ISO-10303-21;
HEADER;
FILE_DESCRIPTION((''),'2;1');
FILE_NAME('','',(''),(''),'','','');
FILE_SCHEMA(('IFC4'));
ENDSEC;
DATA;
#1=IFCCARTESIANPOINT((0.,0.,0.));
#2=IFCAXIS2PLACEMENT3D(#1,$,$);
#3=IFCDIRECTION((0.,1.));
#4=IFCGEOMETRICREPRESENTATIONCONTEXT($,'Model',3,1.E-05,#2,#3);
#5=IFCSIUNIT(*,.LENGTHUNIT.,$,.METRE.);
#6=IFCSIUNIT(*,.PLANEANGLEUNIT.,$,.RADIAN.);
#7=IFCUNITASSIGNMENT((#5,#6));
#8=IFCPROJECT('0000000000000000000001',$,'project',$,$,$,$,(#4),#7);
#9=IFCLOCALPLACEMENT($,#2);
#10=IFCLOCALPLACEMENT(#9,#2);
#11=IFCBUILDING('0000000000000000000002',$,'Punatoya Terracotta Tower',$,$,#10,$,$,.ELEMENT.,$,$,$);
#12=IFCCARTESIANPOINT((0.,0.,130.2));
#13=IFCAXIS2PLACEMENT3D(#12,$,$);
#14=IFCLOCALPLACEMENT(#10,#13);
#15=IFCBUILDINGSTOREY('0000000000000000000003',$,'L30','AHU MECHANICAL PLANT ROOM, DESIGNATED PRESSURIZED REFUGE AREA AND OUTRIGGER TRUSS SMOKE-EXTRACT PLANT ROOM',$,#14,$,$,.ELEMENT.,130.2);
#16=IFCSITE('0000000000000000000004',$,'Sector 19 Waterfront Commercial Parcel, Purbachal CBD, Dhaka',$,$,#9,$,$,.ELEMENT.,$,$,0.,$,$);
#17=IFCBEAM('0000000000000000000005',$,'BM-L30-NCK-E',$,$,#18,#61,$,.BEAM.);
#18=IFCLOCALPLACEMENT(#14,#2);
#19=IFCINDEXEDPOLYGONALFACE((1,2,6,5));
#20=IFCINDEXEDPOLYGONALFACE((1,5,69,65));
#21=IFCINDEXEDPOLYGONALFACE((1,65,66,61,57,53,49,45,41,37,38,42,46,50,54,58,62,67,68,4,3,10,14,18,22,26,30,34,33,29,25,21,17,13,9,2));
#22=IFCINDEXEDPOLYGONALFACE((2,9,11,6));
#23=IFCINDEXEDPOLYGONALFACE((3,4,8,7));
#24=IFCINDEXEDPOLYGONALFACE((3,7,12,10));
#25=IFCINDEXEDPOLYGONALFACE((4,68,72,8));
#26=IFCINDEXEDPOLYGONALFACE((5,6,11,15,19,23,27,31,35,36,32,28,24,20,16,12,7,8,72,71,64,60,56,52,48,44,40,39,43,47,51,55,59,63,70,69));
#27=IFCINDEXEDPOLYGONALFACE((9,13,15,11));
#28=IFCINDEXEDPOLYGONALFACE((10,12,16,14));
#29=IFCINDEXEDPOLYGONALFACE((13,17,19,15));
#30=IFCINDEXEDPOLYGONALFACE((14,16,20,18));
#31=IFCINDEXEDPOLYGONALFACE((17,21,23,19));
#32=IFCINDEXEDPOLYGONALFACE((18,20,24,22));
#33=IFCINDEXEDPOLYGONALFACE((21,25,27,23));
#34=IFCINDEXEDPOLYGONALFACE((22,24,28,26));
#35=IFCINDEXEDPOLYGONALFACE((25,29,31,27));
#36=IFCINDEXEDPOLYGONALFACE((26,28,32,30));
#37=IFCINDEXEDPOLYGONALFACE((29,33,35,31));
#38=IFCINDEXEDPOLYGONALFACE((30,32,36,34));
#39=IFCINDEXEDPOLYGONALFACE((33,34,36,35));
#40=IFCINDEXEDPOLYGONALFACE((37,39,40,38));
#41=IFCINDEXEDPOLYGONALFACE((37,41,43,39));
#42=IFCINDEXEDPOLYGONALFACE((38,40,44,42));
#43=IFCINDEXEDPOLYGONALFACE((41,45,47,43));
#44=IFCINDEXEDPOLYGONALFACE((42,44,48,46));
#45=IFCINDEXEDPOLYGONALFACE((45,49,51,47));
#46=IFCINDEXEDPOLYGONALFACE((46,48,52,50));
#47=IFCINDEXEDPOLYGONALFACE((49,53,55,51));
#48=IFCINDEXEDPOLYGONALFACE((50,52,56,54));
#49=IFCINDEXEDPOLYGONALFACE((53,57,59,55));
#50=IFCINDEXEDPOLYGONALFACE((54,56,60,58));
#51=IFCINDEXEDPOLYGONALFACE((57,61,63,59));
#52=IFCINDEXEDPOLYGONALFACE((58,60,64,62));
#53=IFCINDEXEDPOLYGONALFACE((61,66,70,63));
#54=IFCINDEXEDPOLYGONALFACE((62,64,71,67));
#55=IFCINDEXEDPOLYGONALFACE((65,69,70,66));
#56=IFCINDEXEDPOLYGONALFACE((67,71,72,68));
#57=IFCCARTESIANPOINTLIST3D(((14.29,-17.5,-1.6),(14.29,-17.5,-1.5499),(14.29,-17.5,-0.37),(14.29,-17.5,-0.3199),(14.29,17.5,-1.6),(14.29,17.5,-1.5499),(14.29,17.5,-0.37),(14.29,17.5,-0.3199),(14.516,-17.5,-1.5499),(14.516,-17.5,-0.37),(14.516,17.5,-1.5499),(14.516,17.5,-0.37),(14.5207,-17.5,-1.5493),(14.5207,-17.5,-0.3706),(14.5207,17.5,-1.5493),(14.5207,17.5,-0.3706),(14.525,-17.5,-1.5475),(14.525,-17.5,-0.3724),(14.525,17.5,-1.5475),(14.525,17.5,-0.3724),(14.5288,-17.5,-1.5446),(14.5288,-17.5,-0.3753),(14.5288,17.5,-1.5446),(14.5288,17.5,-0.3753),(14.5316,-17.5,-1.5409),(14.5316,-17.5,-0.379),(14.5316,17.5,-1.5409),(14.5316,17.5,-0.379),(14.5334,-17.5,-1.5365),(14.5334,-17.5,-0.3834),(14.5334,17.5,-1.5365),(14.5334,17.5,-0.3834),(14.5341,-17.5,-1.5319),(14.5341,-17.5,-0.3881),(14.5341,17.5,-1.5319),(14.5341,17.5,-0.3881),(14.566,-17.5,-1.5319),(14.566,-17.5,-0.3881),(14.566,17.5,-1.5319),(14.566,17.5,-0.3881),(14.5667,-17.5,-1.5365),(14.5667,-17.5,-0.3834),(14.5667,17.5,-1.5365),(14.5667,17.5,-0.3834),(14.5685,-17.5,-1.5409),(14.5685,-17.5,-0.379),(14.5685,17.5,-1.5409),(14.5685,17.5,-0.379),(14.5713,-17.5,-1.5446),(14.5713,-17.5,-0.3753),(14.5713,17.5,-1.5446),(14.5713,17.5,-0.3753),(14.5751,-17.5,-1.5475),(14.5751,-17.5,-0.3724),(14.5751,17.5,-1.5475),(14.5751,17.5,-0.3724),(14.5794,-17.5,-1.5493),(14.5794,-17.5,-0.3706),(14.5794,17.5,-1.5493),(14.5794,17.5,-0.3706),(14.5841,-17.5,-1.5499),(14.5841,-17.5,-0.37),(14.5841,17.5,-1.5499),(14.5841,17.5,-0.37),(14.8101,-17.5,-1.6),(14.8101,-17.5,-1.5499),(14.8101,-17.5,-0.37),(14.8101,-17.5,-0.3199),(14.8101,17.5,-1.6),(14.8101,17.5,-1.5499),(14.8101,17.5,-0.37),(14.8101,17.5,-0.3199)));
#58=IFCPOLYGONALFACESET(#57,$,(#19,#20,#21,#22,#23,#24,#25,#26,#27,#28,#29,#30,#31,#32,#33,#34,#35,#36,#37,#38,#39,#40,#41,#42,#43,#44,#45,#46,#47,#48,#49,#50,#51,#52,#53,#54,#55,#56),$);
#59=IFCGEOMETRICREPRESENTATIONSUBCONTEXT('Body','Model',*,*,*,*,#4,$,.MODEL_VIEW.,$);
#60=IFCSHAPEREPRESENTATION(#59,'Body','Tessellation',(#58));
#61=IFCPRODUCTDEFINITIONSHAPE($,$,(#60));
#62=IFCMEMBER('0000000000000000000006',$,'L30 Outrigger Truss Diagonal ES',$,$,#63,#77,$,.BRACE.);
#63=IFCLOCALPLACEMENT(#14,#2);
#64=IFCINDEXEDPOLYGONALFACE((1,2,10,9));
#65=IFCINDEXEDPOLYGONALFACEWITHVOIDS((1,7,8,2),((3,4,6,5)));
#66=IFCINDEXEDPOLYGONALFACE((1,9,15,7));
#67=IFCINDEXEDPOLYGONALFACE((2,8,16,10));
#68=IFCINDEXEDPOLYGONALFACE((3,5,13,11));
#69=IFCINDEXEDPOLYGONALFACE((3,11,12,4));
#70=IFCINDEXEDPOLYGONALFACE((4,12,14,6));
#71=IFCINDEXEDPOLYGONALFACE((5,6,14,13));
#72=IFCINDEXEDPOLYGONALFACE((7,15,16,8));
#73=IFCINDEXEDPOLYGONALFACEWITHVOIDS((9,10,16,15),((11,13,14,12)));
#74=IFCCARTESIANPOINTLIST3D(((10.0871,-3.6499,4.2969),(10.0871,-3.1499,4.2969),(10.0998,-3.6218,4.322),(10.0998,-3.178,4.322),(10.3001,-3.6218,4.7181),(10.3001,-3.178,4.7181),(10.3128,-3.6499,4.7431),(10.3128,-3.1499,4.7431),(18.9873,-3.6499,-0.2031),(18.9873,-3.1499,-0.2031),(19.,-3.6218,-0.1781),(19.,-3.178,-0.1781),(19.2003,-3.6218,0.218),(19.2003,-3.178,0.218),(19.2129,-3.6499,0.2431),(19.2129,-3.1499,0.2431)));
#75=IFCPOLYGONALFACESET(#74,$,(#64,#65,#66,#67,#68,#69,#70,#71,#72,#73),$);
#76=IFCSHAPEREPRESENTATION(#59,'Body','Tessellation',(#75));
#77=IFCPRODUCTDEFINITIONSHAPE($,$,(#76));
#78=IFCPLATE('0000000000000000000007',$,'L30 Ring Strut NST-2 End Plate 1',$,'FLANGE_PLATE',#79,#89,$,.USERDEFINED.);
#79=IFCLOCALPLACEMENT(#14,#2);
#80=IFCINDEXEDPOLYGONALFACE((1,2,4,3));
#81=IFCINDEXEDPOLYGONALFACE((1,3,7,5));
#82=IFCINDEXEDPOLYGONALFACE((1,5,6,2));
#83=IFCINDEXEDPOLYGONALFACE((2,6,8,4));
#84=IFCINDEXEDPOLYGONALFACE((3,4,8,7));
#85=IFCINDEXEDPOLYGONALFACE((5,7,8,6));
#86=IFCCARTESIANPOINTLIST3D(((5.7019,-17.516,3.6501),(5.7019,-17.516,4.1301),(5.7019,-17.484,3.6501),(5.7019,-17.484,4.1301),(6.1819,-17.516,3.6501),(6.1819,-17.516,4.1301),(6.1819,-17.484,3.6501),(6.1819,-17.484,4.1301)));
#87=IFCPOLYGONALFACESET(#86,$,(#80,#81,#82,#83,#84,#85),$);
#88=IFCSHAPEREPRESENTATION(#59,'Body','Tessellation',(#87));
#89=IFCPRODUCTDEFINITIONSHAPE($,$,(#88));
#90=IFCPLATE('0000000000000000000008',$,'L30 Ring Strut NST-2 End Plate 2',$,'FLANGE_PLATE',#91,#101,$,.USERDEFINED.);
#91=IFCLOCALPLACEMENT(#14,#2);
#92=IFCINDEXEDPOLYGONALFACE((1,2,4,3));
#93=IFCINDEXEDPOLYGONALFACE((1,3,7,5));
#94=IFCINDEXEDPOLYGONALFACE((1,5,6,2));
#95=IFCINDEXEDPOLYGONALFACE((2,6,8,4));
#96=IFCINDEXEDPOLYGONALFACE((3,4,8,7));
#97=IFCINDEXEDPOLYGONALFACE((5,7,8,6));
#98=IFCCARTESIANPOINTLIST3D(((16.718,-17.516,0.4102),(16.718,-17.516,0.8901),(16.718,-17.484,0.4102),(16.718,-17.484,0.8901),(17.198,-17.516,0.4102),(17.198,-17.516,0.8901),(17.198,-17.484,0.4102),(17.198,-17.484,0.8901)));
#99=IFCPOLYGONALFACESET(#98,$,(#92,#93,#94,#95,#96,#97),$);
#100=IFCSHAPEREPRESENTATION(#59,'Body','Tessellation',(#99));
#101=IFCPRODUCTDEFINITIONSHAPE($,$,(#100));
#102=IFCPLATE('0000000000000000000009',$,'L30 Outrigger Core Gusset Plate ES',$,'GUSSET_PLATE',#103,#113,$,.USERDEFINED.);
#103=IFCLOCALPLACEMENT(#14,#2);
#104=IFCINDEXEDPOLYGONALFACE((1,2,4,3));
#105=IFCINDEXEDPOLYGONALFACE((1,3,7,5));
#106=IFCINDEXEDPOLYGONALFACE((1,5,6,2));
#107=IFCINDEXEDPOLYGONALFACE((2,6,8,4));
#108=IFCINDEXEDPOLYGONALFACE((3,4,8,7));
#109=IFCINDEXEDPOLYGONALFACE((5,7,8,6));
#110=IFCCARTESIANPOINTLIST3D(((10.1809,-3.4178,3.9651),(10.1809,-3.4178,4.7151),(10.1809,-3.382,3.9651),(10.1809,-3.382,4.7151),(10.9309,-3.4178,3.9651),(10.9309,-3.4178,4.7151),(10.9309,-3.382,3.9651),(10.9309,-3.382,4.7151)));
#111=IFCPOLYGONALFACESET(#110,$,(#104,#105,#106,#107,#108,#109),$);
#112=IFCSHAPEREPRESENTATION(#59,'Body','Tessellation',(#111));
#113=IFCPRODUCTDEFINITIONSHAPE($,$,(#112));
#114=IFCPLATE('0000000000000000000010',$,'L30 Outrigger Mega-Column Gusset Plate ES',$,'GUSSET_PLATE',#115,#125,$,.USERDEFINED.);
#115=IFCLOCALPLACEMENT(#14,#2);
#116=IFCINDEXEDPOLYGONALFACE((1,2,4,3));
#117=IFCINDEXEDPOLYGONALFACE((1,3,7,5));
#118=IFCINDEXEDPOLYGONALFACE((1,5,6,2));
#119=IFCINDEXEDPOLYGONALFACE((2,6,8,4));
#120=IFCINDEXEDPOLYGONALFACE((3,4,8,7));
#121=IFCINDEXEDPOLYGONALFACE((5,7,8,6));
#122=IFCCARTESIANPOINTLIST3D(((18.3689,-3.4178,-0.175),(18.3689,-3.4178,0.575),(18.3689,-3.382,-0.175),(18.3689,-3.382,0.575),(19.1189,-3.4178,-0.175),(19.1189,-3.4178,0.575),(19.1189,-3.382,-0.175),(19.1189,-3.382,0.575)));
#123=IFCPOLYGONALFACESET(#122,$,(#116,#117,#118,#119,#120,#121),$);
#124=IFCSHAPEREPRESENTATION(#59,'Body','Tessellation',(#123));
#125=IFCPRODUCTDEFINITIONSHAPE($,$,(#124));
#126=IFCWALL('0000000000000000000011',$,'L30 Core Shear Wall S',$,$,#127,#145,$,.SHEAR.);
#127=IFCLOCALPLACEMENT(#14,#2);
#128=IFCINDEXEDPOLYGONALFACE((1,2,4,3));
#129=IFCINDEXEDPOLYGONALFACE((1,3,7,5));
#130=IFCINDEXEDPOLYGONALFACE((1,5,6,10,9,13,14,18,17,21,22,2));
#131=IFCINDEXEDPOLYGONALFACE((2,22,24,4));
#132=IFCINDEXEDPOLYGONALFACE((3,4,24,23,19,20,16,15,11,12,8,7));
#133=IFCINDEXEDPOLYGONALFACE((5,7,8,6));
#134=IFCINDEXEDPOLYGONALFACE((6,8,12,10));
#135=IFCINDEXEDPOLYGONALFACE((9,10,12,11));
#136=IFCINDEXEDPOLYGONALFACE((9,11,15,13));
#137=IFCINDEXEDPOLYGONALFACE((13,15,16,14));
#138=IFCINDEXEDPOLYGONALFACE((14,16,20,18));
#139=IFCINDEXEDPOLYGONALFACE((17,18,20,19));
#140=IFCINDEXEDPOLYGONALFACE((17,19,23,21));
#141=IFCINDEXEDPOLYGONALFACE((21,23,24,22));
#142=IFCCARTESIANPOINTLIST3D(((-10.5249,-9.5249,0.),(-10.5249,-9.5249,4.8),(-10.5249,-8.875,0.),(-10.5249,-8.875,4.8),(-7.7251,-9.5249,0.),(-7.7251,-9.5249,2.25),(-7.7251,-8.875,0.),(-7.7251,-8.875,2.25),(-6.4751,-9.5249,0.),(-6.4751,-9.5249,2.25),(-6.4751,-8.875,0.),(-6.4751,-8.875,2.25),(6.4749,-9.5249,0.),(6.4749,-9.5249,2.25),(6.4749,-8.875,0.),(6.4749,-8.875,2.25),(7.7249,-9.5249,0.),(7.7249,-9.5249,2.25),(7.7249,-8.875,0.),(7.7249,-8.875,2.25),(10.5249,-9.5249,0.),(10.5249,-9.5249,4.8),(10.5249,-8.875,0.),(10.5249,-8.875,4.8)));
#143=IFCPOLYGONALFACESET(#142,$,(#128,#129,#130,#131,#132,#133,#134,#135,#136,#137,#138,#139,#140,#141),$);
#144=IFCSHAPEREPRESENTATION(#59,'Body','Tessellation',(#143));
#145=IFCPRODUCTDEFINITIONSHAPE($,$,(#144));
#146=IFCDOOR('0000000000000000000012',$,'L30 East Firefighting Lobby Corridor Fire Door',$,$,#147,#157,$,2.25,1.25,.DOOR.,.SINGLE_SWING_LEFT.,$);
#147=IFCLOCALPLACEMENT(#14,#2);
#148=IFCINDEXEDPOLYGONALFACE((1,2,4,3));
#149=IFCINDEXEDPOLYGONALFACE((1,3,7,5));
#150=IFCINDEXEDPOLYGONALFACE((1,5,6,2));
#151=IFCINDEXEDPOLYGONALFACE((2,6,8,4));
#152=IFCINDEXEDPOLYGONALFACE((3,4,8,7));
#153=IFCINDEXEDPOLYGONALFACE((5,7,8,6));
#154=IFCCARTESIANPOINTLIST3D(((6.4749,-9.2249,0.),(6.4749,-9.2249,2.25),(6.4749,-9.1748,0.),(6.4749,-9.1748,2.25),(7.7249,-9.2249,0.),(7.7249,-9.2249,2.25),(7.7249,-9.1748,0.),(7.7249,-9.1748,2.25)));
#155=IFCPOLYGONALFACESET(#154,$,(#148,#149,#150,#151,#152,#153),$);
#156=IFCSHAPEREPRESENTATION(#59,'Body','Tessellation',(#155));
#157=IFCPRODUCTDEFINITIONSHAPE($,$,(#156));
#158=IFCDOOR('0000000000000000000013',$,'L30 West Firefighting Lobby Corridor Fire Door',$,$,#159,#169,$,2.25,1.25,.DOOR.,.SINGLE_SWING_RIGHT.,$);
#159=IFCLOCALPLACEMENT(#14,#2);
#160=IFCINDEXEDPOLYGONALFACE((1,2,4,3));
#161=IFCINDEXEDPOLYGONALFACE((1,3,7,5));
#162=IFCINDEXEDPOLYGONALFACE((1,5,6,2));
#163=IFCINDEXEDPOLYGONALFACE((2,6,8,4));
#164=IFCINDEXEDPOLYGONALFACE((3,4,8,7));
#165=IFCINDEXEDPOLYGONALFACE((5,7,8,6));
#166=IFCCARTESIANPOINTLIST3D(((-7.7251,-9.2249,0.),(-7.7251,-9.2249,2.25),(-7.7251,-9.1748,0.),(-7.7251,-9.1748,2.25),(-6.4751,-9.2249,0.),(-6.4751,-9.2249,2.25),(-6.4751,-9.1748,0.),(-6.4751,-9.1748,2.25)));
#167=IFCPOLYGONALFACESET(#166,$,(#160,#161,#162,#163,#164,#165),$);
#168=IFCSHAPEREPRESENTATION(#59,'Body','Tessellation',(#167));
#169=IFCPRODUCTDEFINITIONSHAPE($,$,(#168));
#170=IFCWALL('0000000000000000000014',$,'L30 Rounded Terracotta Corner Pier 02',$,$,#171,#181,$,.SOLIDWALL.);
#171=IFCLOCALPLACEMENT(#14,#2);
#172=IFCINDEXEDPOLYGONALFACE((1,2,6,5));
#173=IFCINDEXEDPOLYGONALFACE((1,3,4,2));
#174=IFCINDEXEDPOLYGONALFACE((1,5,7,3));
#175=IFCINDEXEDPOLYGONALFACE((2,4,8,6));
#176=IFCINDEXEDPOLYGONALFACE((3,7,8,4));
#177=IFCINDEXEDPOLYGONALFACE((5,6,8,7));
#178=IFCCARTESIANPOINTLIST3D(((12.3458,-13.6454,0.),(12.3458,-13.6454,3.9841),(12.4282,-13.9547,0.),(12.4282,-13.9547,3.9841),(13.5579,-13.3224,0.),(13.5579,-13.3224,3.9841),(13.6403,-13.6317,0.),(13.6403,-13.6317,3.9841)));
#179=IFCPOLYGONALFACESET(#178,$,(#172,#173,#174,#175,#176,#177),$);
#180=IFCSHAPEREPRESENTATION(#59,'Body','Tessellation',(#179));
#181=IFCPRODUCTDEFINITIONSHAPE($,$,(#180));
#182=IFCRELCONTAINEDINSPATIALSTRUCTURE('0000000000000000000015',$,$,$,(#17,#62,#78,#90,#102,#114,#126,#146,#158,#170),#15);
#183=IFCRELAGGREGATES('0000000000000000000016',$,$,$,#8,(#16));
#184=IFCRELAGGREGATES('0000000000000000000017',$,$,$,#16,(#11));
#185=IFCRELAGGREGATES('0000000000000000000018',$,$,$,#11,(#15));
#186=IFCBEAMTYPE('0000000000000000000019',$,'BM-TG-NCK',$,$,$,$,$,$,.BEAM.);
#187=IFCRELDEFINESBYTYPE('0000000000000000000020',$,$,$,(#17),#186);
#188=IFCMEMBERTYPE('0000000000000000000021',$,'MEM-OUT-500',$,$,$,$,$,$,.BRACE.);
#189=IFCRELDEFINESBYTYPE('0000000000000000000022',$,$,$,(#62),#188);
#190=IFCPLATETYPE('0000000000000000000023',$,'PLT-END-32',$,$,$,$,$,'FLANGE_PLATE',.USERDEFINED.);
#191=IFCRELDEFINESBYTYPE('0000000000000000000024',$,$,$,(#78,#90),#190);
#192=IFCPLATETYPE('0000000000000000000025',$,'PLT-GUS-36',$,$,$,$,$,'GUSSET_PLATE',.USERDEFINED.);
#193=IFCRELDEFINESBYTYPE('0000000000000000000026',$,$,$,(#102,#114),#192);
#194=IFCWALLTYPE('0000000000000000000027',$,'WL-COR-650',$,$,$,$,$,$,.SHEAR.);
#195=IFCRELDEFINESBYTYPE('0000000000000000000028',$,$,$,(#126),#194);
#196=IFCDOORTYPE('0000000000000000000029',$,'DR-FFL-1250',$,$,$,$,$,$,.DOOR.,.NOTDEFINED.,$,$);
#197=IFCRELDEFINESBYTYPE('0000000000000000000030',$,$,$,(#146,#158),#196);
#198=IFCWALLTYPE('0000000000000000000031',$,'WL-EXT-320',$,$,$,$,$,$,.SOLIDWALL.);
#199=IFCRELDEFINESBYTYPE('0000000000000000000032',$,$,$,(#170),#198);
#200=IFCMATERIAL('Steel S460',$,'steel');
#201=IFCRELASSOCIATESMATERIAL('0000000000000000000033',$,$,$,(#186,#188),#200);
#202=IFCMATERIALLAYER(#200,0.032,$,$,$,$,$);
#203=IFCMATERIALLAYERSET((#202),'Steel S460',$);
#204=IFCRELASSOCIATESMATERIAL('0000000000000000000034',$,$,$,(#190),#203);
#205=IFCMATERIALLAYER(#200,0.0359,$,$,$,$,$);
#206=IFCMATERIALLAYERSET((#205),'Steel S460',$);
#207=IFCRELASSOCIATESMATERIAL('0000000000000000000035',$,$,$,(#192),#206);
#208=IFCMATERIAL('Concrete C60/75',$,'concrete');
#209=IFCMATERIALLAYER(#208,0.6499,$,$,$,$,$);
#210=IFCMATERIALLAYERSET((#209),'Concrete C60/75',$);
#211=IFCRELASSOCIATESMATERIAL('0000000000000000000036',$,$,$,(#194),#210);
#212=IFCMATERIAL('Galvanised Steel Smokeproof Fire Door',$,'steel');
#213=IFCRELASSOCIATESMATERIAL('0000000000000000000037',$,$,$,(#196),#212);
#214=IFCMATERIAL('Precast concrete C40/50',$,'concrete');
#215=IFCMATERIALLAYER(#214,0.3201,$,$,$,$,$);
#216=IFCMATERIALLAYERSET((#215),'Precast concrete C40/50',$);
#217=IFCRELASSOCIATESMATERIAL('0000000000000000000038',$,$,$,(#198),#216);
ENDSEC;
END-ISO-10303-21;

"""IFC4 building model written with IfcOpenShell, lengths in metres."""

from ifc_helpers import new_model, si_unit, direction, frame, frame_2d, origin, origin_2d, place, context, subcontext, project, spatial, rectangle, hollow_rectangle, i_section, extrude, material, layer, layer_set, material_profile, profile_set, type_object, element, fill, save


model = new_model("IFC4")

# Units and contexts
model_context = context("Model", 3, precision=1e-05, world=origin(), true_north=direction((0.0, 1.0)))
body_context = subcontext(model_context, "Body", "Model", "MODEL_VIEW")
ifc_project = project(units=[si_unit("LENGTHUNIT", "METRE"), si_unit("PLANEANGLEUNIT", "RADIAN")], contexts=[model_context])

# Site, building, storey
site_placement = place(None, origin())
site = spatial("IfcSite", under=ifc_project, at=site_placement, Name="Sector 19 Waterfront Commercial Parcel, Purbachal CBD, Dhaka", CompositionType="ELEMENT", RefElevation=0.0)
building_placement = place(site_placement, origin())
building = spatial("IfcBuilding", under=site, at=building_placement, Name="Punatoya Terracotta Tower", CompositionType="ELEMENT")
storey_placement = place(building_placement, frame((0.0, 0.0, 130.2)))
storey = spatial("IfcBuildingStorey", under=building, at=storey_placement, Name="L30", Description="AHU MECHANICAL PLANT ROOM, DESIGNATED PRESSURIZED REFUGE AREA AND OUTRIGGER TRUSS SMOKE-EXTRACT PLANT ROOM", CompositionType="ELEMENT", Elevation=130.2)

# Shared definitions
ifc_material_1 = material(Name="Steel S460", Category="steel")

# Beam
ifc_material_profile_1 = material_profile(ifc_material_1, i_section(OverallWidth=0.52, OverallDepth=1.28, WebThickness=0.032, FlangeThickness=0.05, FilletRadius=0.0181, at=origin_2d()))
ifc_profile_set_1 = profile_set([ifc_material_profile_1], Name="Steel S460")
beam_type_1 = type_object("IfcBeamType", Name="BM-TG-NCK", PredefinedType="BEAM", material=ifc_profile_set_1)
beam_1_placement = place(storey_placement, frame((14.55, -17.5, -0.96), z_axis=(0.0, 1.0, 0.0), x_axis=(-1.0, 0.0, 0.0)))
element("IfcBeam", 1, at=beam_1_placement, inside=storey, type_object=beam_type_1, Name="BM-L30-NCK-E", PredefinedType="BEAM", context=body_context, shape_type="SweptSolid", body=[
    extrude(i_section(OverallWidth=0.52, OverallDepth=1.28, WebThickness=0.032, FlangeThickness=0.05, FilletRadius=0.0181, at=origin_2d()), origin(), (0.0, 0.0, 1.0), 35.0),
])

# Member
ifc_material_profile_2 = material_profile(ifc_material_1, hollow_rectangle(XDim=0.5, YDim=0.5, WallThickness=0.0281, at=origin_2d()))
ifc_profile_set_2 = profile_set([ifc_material_profile_2], Name="Steel S460")
member_type = type_object("IfcMemberType", Name="MEM-OUT-500", PredefinedType="BRACE", material=ifc_profile_set_2)
member_placement = place(storey_placement, frame((10.2, -3.3999, 4.52), z_axis=(0.892416, 0.0, -0.451214), x_axis=(0.0, 1.0, 0.0)))
element("IfcMember", 2, at=member_placement, inside=storey, type_object=member_type, Name="L30 Outrigger Truss Diagonal ES", PredefinedType="BRACE", context=body_context, shape_type="SweptSolid", body=[
    extrude(hollow_rectangle(XDim=0.5, YDim=0.5, WallThickness=0.0281, at=origin_2d()), origin(), (0.0, 0.0, 1.0), 9.9731),
])

# Plates
ifc_layer_1 = layer(ifc_material_1, 0.032)
ifc_layer_set_1 = layer_set([ifc_layer_1], Name="Steel S460")
plate_type_1 = type_object("IfcPlateType", Name="PLT-END-32", ElementType="FLANGE_PLATE", PredefinedType="USERDEFINED", material=ifc_layer_set_1)
for number, where, z_axis, x_axis, name in (
    (3, (5.9419, -17.5, 3.6501), (0.0, 0.0, 1.0), (1.0, 0.0, 0.0), "L30 Ring Strut NST-2 End Plate 1"),
    (4, (16.958, -17.5, 0.4102), (0.0, 0.0, 1.0), (1.0, 0.0, 0.0), "L30 Ring Strut NST-2 End Plate 2"),
):
    element("IfcPlate", number, at=place(storey_placement, frame(where, z_axis=z_axis, x_axis=x_axis)), inside=storey, type_object=plate_type_1, Name=name, ObjectType="FLANGE_PLATE", PredefinedType="USERDEFINED", context=body_context, shape_type="SweptSolid", body=[
        extrude(rectangle(XDim=0.48, YDim=0.032, at=origin_2d()), origin(), (0.0, 0.0, 1.0), 0.48),
    ])
ifc_layer_2 = layer(ifc_material_1, 0.0359)
ifc_layer_set_2 = layer_set([ifc_layer_2], Name="Steel S460")
plate_type_2 = type_object("IfcPlateType", Name="PLT-GUS-36", ElementType="GUSSET_PLATE", PredefinedType="USERDEFINED", material=ifc_layer_set_2)
for number, where, z_axis, x_axis, name in (
    (5, (10.5559, -3.3999, 3.9651), (0.0, 0.0, 1.0), (1.0, 0.0, 0.0), "L30 Outrigger Core Gusset Plate ES"),
    (6, (18.7439, -3.3999, -0.175), (0.0, 0.0, 1.0), (1.0, 0.0, 0.0), "L30 Outrigger Mega-Column Gusset Plate ES"),
):
    element("IfcPlate", number, at=place(storey_placement, frame(where, z_axis=z_axis, x_axis=x_axis)), inside=storey, type_object=plate_type_2, Name=name, ObjectType="GUSSET_PLATE", PredefinedType="USERDEFINED", context=body_context, shape_type="SweptSolid", body=[
        extrude(rectangle(XDim=0.75, YDim=0.0359, at=origin_2d()), origin(), (0.0, 0.0, 1.0), 0.75),
    ])

# Wall, openings, doors
ifc_material_2 = material(Name="Concrete C60/75", Category="concrete")
ifc_layer_3 = layer(ifc_material_2, 0.6499)
ifc_layer_set_3 = layer_set([ifc_layer_3], Name="Concrete C60/75")
wall_type_1 = type_object("IfcWallType", Name="WL-COR-650", PredefinedType="SHEAR", material=ifc_layer_set_3)
wall_1_placement = place(storey_placement, frame((10.5249, -9.2, 0.0), z_axis=(0.0, 0.0, 1.0), x_axis=(-1.0, 0.0, 0.0)))
wall_1 = element("IfcWall", 7, at=wall_1_placement, inside=storey, type_object=wall_type_1, Name="L30 Core Shear Wall S", PredefinedType="SHEAR", context=body_context, shape_type="SweptSolid", body=[
    extrude(rectangle(XDim=21.0498, YDim=0.6499, at=frame_2d((10.5249, 0.0))), origin(), (0.0, 0.0, 1.0), 4.8),
])
opening_1_placement = place(wall_1_placement, frame((2.8, 0.0, 0.0)))
opening_1 = element("IfcOpeningElement", 8, at=opening_1_placement, cuts=wall_1, PredefinedType="OPENING", context=body_context, shape_type="SweptSolid", body=[
    extrude(rectangle(XDim=1.25, YDim=2.25, at=frame_2d((0.625, 1.125))), frame((0.0, 0.335, 0.0), z_axis=(0.0, -1.0, 0.0), x_axis=(1.0, 0.0, 0.0)), (0.0, 0.0, 1.0), 0.6699),
])
opening_2_placement = place(wall_1_placement, frame((17.0, 0.0, 0.0)))
opening_2 = element("IfcOpeningElement", 9, at=opening_2_placement, cuts=wall_1, PredefinedType="OPENING", context=body_context, shape_type="SweptSolid", body=[
    extrude(rectangle(XDim=1.25, YDim=2.25, at=frame_2d((0.625, 1.125))), frame((0.0, 0.335, 0.0), z_axis=(0.0, -1.0, 0.0), x_axis=(1.0, 0.0, 0.0)), (0.0, 0.0, 1.0), 0.6699),
])
ifc_material_3 = material(Name="Galvanised Steel Smokeproof Fire Door", Category="steel")
door_type_1 = type_object("IfcDoorType", Name="DR-FFL-1250", OperationType="NOTDEFINED", PredefinedType="DOOR", material=ifc_material_3)
door_1_placement = place(opening_1_placement, origin())
door_1 = element("IfcDoor", 10, at=door_1_placement, inside=storey, type_object=door_type_1, Name="L30 East Firefighting Lobby Corridor Fire Door", OperationType="SINGLE_SWING_LEFT", OverallHeight=2.25, OverallWidth=1.25, PredefinedType="DOOR", context=body_context, shape_type="SweptSolid", body=[
    extrude(rectangle(XDim=1.25, YDim=2.25, at=frame_2d((0.625, 1.125))), frame((0.0, 0.0249, 0.0), z_axis=(0.0, -1.0, 0.0), x_axis=(1.0, 0.0, 0.0)), (0.0, 0.0, 1.0), 0.05),
])
fill(opening_1, door_1)
door_2_placement = place(opening_2_placement, origin())
door_2 = element("IfcDoor", 11, at=door_2_placement, inside=storey, type_object=door_type_1, Name="L30 West Firefighting Lobby Corridor Fire Door", OperationType="SINGLE_SWING_RIGHT", OverallHeight=2.25, OverallWidth=1.25, PredefinedType="DOOR", context=body_context, shape_type="SweptSolid", body=[
    extrude(rectangle(XDim=1.25, YDim=2.25, at=frame_2d((0.625, 1.125))), frame((0.0, 0.0249, 0.0), z_axis=(0.0, -1.0, 0.0), x_axis=(1.0, 0.0, 0.0)), (0.0, 0.0, 1.0), 0.05),
])
fill(opening_2, door_2)

# Wall
ifc_material_4 = material(Name="Precast concrete C40/50", Category="concrete")
ifc_layer_4 = layer(ifc_material_4, 0.3201)
ifc_layer_set_4 = layer_set([ifc_layer_4], Name="Precast concrete C40/50")
wall_type_2 = type_object("IfcWallType", Name="WL-EXT-320", PredefinedType="SOLIDWALL", material=ifc_layer_set_4)
wall_2_placement = place(storey_placement, frame((12.387, -13.8, 0.0), z_axis=(0.0, 0.0, 1.0), x_axis=(0.966283, 0.257481, 0.0)))
element("IfcWall", 12, at=wall_2_placement, inside=storey, type_object=wall_type_2, Name="L30 Rounded Terracotta Corner Pier 02", PredefinedType="SOLIDWALL", context=body_context, shape_type="SweptSolid", body=[
    extrude(rectangle(XDim=1.2544, YDim=0.3201, at=frame_2d((0.6272, 0.0))), origin(), (0.0, 0.0, 1.0), 3.9841),
])

save(model, "model.ifc")
